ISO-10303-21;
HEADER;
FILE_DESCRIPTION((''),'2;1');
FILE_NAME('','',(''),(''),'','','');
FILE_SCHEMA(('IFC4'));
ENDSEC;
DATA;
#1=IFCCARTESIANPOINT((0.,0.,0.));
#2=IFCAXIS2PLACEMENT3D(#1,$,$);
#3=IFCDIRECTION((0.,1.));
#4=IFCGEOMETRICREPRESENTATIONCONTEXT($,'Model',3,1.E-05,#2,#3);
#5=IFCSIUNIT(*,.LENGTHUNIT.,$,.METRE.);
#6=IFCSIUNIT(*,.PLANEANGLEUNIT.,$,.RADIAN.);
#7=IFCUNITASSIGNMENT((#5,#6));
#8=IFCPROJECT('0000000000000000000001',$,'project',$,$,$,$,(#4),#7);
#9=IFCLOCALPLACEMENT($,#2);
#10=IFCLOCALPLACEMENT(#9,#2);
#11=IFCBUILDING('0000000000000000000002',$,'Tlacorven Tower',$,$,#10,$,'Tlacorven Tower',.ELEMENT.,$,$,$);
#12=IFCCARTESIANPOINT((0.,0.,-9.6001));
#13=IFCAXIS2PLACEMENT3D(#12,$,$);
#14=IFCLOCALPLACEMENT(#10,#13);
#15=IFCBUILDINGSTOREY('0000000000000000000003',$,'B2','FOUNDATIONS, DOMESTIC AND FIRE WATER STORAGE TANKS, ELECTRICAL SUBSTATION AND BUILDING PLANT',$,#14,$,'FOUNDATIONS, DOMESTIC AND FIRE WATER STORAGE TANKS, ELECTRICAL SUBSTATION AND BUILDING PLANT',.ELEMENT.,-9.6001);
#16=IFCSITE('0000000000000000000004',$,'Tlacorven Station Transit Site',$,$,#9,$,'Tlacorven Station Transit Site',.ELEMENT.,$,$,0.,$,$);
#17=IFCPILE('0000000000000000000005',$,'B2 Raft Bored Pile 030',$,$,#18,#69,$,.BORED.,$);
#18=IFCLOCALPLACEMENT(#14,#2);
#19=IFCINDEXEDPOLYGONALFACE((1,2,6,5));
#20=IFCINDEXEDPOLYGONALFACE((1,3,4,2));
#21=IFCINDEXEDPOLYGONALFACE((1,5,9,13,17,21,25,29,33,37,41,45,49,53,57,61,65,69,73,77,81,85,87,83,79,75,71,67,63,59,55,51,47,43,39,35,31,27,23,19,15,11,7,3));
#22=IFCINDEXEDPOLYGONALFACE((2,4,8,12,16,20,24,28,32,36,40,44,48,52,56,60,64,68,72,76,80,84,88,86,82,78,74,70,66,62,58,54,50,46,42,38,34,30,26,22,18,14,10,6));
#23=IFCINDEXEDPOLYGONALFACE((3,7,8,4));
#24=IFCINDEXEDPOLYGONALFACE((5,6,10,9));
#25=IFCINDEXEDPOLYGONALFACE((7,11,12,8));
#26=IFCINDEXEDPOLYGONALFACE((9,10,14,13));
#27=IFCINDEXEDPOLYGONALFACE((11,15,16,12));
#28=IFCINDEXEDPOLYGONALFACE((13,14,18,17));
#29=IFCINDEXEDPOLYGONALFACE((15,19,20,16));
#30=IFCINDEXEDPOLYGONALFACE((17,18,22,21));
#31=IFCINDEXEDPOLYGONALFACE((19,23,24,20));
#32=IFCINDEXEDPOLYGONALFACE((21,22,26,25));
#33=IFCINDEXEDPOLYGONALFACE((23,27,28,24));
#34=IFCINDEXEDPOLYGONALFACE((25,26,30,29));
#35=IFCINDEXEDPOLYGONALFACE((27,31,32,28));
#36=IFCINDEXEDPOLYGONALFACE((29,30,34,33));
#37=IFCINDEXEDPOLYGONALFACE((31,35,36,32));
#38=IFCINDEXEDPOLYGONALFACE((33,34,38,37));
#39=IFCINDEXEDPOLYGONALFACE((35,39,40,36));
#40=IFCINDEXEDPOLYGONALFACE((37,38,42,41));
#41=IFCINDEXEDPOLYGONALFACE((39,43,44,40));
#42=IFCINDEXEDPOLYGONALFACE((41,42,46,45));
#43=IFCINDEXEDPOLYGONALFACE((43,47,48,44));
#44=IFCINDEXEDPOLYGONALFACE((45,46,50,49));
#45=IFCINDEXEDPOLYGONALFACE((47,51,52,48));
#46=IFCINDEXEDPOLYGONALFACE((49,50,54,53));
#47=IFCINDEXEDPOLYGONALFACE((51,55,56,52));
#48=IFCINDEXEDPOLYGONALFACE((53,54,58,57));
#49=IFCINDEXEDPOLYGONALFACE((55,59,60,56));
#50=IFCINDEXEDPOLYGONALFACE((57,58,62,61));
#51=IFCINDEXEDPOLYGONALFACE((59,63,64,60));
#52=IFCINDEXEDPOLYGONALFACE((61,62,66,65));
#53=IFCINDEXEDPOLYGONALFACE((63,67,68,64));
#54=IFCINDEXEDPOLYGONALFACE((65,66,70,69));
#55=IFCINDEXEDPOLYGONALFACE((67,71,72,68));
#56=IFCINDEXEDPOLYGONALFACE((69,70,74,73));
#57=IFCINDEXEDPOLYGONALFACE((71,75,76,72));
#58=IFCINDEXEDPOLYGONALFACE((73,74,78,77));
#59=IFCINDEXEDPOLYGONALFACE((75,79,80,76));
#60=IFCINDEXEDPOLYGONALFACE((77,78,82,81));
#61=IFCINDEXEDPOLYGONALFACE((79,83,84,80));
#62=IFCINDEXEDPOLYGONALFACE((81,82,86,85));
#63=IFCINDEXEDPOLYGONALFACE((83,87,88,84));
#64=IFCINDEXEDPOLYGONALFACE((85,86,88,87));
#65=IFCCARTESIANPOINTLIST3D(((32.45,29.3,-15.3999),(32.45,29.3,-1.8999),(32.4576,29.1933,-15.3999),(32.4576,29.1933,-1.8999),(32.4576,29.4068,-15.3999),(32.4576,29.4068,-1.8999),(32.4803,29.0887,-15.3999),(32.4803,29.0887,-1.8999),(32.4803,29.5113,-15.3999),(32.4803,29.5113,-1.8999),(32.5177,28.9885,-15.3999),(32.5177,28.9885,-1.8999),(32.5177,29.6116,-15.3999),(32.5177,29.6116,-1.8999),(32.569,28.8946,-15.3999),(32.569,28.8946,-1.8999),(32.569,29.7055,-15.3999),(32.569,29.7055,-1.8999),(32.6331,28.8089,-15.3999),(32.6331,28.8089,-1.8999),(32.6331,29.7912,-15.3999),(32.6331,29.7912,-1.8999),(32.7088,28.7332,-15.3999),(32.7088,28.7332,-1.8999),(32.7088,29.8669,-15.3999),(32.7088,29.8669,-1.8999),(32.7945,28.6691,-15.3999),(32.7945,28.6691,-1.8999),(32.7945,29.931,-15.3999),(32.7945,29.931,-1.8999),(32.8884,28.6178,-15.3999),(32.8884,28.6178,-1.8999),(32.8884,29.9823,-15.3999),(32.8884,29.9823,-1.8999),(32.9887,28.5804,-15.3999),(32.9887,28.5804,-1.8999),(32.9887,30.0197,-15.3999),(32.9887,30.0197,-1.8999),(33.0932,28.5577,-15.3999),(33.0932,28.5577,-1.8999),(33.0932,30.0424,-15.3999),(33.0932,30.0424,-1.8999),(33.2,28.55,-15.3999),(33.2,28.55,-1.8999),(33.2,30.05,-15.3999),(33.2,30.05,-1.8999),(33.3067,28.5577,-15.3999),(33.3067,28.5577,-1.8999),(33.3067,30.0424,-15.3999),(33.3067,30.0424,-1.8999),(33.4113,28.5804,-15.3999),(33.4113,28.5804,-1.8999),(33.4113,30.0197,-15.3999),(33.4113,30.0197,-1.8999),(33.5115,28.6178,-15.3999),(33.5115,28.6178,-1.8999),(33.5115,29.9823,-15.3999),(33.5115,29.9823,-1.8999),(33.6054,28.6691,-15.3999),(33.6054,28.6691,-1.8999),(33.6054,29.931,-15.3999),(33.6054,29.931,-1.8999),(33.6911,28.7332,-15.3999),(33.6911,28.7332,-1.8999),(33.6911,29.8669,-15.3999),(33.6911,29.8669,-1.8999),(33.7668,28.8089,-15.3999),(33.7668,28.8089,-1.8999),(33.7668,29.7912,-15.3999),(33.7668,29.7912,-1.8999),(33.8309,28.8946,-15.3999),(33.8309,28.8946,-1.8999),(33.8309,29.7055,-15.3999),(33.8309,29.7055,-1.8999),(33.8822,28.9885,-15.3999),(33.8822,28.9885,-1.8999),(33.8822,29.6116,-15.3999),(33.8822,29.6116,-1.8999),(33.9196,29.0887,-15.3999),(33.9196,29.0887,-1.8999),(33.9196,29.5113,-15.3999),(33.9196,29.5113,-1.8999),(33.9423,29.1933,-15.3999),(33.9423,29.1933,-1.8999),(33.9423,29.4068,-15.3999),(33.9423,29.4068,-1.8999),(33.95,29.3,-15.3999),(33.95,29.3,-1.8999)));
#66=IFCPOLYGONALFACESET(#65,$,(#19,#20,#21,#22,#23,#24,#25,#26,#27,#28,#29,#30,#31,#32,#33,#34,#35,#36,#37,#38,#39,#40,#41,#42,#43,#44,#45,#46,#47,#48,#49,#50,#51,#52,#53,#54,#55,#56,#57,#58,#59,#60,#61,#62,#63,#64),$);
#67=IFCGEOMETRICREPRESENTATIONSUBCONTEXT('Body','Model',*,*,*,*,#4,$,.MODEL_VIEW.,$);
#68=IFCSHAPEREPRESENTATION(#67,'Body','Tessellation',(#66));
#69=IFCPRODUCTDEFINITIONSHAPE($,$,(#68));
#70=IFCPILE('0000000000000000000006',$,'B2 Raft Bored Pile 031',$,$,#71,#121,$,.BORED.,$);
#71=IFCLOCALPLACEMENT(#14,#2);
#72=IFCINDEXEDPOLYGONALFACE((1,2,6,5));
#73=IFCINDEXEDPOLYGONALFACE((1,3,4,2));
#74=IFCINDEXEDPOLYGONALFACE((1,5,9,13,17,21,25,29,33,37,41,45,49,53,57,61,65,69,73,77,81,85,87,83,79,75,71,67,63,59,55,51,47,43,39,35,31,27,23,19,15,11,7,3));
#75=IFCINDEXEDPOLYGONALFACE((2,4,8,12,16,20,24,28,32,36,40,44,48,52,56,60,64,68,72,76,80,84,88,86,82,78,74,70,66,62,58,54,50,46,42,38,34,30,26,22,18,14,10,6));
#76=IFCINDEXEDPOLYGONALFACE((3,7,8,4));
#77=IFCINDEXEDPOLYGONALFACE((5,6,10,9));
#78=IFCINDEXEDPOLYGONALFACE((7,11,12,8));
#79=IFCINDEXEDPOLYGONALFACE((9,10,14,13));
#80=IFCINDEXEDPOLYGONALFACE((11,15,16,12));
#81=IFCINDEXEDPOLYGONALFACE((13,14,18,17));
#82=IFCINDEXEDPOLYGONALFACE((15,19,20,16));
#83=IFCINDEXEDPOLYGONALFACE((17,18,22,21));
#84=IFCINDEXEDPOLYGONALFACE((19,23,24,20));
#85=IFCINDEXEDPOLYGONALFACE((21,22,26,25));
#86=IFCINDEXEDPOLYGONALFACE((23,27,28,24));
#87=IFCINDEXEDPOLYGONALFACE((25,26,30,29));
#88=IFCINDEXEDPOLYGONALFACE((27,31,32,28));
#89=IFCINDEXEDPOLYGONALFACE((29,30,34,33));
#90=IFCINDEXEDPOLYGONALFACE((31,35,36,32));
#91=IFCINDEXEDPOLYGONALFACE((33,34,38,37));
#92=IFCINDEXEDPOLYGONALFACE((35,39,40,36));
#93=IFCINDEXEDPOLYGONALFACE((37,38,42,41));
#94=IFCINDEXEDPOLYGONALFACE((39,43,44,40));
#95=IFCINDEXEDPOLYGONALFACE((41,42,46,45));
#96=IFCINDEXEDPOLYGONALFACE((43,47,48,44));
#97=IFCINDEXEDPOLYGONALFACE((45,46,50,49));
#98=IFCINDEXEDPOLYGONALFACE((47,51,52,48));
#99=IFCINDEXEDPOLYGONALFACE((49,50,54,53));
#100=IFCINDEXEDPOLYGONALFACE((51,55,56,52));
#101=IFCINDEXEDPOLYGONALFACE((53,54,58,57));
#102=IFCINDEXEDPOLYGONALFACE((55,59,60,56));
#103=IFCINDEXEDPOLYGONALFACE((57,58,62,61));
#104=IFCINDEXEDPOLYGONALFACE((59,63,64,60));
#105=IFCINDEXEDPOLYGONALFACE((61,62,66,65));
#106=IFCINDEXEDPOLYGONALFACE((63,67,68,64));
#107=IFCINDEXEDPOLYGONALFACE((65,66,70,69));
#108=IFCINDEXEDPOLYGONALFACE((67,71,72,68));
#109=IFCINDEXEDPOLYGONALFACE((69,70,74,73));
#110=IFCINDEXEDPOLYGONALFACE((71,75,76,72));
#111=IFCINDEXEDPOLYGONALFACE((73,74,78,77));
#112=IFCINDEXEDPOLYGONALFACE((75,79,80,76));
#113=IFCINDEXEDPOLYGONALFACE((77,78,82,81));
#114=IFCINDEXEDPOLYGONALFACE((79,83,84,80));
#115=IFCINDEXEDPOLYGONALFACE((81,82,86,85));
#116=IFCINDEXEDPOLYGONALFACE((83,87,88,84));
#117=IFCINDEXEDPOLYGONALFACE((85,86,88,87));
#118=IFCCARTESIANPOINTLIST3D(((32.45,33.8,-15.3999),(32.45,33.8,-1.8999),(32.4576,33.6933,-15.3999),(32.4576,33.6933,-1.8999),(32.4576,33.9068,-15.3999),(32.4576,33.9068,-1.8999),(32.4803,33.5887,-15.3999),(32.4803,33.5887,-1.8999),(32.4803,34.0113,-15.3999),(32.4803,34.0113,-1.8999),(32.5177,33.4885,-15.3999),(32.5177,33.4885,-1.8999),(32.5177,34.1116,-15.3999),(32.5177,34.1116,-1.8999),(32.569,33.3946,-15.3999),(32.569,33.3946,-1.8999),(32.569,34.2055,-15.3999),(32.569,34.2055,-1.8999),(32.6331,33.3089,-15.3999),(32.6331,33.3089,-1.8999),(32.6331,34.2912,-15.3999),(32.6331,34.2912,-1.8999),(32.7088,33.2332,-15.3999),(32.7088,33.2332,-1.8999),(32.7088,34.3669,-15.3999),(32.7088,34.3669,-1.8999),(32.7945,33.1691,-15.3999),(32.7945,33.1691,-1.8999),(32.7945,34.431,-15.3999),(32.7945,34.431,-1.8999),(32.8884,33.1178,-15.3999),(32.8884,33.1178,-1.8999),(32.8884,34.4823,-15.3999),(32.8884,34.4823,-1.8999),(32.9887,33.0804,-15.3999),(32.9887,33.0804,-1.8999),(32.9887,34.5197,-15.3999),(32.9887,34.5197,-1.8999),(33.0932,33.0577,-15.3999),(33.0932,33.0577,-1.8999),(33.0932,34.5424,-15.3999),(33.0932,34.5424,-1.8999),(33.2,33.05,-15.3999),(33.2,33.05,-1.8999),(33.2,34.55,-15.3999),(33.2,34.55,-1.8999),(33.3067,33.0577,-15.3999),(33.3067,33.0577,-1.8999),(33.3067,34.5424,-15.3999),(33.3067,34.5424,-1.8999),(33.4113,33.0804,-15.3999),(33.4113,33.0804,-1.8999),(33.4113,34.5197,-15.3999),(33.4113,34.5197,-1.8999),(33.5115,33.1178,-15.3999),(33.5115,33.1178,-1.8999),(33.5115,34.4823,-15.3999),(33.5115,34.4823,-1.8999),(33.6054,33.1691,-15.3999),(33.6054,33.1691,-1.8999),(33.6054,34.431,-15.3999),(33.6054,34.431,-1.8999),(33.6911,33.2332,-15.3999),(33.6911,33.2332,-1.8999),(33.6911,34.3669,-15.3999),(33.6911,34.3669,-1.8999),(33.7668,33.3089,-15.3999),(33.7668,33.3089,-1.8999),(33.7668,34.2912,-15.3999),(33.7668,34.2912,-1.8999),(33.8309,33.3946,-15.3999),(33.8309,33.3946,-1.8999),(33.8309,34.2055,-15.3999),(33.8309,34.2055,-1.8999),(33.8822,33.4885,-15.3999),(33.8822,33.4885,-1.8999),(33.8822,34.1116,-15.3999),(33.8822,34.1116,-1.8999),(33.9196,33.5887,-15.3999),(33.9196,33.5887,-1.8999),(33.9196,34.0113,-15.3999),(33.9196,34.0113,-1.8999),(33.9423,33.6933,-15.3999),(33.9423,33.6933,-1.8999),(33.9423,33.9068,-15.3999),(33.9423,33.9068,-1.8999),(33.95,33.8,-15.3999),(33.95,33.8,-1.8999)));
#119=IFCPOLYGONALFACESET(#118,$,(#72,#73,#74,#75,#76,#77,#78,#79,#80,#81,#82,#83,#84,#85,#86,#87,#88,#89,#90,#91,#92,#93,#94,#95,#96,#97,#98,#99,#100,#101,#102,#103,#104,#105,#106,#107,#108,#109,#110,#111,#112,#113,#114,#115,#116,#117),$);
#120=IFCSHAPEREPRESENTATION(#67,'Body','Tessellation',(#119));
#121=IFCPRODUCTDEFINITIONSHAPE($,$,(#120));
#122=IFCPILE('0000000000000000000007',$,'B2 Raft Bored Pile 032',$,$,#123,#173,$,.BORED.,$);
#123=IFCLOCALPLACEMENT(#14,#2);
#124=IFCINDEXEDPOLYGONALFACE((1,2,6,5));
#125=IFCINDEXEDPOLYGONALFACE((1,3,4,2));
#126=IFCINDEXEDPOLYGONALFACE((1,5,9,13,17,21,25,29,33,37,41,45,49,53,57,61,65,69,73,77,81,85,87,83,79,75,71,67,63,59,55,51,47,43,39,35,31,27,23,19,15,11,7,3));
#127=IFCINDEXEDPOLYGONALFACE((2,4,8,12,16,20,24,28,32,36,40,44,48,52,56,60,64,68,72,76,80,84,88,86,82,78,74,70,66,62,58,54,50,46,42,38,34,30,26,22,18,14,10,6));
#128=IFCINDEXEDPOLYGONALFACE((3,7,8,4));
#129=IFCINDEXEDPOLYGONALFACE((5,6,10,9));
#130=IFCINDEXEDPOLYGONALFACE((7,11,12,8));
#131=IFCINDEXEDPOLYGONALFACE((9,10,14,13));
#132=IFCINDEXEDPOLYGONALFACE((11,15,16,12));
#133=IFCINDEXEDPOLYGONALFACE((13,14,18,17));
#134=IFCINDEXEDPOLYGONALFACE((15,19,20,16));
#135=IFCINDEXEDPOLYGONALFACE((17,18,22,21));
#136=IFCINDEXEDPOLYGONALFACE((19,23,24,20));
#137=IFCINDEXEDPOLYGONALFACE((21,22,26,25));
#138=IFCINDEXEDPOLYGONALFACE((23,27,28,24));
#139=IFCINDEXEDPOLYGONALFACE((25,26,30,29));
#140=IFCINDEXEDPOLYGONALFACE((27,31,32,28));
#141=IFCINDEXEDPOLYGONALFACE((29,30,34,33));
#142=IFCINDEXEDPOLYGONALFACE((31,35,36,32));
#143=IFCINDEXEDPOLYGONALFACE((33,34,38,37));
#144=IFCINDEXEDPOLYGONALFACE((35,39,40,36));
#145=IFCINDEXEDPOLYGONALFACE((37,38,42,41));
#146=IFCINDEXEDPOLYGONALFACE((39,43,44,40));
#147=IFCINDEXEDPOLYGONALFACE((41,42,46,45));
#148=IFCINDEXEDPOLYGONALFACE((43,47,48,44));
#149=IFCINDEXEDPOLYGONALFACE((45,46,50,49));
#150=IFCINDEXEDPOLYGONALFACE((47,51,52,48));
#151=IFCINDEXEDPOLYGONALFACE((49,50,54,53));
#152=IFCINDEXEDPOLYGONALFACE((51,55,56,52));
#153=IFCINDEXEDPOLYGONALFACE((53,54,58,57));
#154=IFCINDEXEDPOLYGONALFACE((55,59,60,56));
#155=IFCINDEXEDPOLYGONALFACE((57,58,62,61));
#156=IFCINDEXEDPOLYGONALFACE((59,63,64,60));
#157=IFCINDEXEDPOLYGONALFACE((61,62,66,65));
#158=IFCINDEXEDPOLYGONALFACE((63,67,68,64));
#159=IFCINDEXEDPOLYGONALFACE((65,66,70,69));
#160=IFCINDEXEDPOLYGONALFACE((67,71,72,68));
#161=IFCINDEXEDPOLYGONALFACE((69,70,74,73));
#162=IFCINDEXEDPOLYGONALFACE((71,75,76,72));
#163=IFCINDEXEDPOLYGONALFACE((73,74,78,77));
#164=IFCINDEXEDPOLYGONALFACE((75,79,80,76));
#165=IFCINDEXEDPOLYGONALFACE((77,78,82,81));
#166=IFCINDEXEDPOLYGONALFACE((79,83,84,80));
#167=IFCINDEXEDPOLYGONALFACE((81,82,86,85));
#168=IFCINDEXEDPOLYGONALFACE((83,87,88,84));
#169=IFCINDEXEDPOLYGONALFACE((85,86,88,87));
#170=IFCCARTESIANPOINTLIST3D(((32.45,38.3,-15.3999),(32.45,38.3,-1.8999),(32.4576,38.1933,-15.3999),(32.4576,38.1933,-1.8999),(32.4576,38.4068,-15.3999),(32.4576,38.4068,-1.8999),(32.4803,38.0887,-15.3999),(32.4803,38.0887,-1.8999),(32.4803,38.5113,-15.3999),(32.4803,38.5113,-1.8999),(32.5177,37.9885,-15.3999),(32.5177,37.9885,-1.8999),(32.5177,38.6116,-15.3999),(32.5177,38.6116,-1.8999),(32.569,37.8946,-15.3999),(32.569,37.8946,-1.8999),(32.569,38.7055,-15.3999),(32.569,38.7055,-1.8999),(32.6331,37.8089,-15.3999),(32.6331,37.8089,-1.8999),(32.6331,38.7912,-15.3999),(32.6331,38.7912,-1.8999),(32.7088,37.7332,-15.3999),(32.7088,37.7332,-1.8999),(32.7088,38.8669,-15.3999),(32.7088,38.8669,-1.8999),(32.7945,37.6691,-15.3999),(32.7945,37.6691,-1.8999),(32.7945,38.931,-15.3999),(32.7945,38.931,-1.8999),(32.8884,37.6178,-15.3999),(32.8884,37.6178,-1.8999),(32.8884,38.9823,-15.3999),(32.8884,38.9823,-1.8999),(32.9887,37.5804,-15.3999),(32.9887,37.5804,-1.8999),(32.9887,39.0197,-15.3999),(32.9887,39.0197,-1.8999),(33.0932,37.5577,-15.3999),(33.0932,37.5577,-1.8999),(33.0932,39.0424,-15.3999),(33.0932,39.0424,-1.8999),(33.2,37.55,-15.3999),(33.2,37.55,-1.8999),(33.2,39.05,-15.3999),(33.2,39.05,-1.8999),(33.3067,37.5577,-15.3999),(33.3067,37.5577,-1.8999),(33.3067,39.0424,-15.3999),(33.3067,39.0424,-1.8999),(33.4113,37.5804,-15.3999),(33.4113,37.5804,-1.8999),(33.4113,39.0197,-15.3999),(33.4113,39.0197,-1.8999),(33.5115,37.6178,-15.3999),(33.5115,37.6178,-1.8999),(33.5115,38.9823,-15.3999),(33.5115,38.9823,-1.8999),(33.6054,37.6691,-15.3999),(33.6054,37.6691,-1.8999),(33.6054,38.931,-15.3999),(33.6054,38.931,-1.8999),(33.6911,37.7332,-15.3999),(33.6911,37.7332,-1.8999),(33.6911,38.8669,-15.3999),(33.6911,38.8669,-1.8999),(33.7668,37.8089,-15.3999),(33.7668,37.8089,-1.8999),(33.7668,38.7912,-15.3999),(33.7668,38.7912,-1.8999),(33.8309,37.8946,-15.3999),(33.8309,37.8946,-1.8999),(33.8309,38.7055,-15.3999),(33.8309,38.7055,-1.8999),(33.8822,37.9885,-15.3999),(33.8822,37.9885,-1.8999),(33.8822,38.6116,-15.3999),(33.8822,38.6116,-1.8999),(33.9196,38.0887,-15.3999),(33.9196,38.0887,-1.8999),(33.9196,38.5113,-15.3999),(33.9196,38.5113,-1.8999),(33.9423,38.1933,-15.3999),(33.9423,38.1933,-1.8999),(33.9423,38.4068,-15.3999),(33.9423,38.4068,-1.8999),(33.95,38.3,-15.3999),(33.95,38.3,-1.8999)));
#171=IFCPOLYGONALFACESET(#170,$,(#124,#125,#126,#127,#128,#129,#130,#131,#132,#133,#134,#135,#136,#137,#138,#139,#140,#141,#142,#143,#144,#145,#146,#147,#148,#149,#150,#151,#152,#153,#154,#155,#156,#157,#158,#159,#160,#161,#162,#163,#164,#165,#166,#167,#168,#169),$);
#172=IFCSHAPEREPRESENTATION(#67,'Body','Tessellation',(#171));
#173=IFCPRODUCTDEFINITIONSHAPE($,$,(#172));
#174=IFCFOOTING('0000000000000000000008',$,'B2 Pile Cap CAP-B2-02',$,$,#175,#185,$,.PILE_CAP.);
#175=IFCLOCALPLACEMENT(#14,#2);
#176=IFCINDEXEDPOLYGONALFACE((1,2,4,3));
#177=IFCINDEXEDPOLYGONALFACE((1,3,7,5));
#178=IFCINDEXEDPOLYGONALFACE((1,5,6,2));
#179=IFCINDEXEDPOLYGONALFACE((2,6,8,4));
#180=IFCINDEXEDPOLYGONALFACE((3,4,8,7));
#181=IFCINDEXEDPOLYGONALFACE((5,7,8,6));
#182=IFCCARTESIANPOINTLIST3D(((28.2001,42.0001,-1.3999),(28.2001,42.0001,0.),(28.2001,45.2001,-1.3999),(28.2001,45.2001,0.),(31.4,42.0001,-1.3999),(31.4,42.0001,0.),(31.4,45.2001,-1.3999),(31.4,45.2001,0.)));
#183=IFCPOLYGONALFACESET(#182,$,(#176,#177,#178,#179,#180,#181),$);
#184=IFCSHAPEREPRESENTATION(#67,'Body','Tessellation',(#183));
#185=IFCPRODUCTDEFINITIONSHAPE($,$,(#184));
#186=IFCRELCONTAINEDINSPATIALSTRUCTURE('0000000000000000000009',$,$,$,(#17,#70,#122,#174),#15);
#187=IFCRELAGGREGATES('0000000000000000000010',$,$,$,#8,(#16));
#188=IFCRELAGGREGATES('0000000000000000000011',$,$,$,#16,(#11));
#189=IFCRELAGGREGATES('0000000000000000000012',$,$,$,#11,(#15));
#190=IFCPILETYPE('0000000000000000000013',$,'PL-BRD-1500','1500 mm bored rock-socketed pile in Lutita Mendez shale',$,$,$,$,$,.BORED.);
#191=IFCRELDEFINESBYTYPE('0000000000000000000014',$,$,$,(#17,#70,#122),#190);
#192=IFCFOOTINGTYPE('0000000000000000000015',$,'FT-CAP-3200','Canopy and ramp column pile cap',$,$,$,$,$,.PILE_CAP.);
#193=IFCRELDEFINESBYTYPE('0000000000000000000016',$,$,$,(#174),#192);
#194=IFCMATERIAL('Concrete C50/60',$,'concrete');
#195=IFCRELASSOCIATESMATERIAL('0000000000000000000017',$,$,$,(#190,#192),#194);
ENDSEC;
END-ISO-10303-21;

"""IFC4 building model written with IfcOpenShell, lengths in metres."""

from ifc_helpers import new_model, si_unit, direction, frame, origin, origin_2d, place, context, subcontext, project, spatial, rectangle, circle, extrude, source, transform, mapped, material, material_profile, profile_set, type_object, element, save


model = new_model("IFC4")

# Units and contexts
model_context = context("Model", 3, precision=1e-05, world=origin(), true_north=direction((0.0, 1.0)))
body_context = subcontext(model_context, "Body", "Model", "MODEL_VIEW")
ifc_project = project(units=[si_unit("LENGTHUNIT", "METRE"), si_unit("PLANEANGLEUNIT", "RADIAN")], contexts=[model_context])

# Site, building, storey
site_placement = place(None, origin())
site = spatial("IfcSite", under=ifc_project, at=site_placement, Name="Tlacorven Station Transit Site", LongName="Tlacorven Station Transit Site", CompositionType="ELEMENT", RefElevation=0.0)
building_placement = place(site_placement, origin())
building = spatial("IfcBuilding", under=site, at=building_placement, Name="Tlacorven Tower", LongName="Tlacorven Tower", CompositionType="ELEMENT")
storey_placement = place(building_placement, frame((0.0, 0.0, -9.6001)))
storey = spatial("IfcBuildingStorey", under=building, at=storey_placement, Name="B2", Description="FOUNDATIONS, DOMESTIC AND FIRE WATER STORAGE TANKS, ELECTRICAL SUBSTATION AND BUILDING PLANT", LongName="FOUNDATIONS, DOMESTIC AND FIRE WATER STORAGE TANKS, ELECTRICAL SUBSTATION AND BUILDING PLANT", CompositionType="ELEMENT", Elevation=-9.6001)

# Piles
ifc_material_1 = material(Name="Concrete C50/60", Category="concrete")
ifc_material_profile_1 = material_profile(ifc_material_1, circle(Radius=0.75, at=origin_2d()), Name="BORED PILE D1500")
ifc_profile_set_1 = profile_set([ifc_material_profile_1], Name="Concrete C50/60")
pile_type_1 = type_object("IfcPileType", Name="PL-BRD-1500", Description="1500 mm bored rock-socketed pile in Lutita Mendez shale", PredefinedType="BORED", material=ifc_profile_set_1)
shared_shape_1 = source(origin(), body_context, "Body", "SweptSolid", [
    extrude(circle(Radius=0.75, at=origin_2d()), origin(), (0.0, 0.0, 1.0), 13.5),
])
for number, where, z_axis, x_axis, name in (
    (1, (33.2, 29.3, -1.8999), (0.0, 0.0, -1.0), (1.0, 0.0, 0.0), "B2 Raft Bored Pile 030"),
    (2, (33.2, 33.8, -1.8999), (0.0, 0.0, -1.0), (1.0, 0.0, 0.0), "B2 Raft Bored Pile 031"),
    (3, (33.2, 38.3, -1.8999), (0.0, 0.0, -1.0), (1.0, 0.0, 0.0), "B2 Raft Bored Pile 032"),
):
    element("IfcPile", number, at=place(storey_placement, frame(where, z_axis=z_axis, x_axis=x_axis)), inside=storey, type_object=pile_type_1, Name=name, PredefinedType="BORED", context=body_context, shape_type="MappedRepresentation", body=[
        mapped(shared_shape_1, transform((0.0, 0.0, 0.0), scale=1.0)),
    ])

# Footing
footing_type_1 = type_object("IfcFootingType", Name="FT-CAP-3200", Description="Canopy and ramp column pile cap", PredefinedType="PILE_CAP", material=ifc_material_1)
shared_shape_2 = source(origin(), body_context, "Body", "SweptSolid", [
    extrude(rectangle(XDim=3.2, YDim=3.2, at=origin_2d()), origin(), (0.0, 0.0, 1.0), 1.3999),
])
footing_1_placement = place(storey_placement, frame((29.8, 43.6001, -1.3999), z_axis=(0.0, 0.0, 1.0), x_axis=(1.0, 0.0, 0.0)))
element("IfcFooting", 4, at=footing_1_placement, inside=storey, type_object=footing_type_1, Name="B2 Pile Cap CAP-B2-02", PredefinedType="PILE_CAP", context=body_context, shape_type="MappedRepresentation", body=[
    mapped(shared_shape_2, transform((0.0, 0.0, 0.0), scale=1.0)),
])

save(model, "model.ifc")
